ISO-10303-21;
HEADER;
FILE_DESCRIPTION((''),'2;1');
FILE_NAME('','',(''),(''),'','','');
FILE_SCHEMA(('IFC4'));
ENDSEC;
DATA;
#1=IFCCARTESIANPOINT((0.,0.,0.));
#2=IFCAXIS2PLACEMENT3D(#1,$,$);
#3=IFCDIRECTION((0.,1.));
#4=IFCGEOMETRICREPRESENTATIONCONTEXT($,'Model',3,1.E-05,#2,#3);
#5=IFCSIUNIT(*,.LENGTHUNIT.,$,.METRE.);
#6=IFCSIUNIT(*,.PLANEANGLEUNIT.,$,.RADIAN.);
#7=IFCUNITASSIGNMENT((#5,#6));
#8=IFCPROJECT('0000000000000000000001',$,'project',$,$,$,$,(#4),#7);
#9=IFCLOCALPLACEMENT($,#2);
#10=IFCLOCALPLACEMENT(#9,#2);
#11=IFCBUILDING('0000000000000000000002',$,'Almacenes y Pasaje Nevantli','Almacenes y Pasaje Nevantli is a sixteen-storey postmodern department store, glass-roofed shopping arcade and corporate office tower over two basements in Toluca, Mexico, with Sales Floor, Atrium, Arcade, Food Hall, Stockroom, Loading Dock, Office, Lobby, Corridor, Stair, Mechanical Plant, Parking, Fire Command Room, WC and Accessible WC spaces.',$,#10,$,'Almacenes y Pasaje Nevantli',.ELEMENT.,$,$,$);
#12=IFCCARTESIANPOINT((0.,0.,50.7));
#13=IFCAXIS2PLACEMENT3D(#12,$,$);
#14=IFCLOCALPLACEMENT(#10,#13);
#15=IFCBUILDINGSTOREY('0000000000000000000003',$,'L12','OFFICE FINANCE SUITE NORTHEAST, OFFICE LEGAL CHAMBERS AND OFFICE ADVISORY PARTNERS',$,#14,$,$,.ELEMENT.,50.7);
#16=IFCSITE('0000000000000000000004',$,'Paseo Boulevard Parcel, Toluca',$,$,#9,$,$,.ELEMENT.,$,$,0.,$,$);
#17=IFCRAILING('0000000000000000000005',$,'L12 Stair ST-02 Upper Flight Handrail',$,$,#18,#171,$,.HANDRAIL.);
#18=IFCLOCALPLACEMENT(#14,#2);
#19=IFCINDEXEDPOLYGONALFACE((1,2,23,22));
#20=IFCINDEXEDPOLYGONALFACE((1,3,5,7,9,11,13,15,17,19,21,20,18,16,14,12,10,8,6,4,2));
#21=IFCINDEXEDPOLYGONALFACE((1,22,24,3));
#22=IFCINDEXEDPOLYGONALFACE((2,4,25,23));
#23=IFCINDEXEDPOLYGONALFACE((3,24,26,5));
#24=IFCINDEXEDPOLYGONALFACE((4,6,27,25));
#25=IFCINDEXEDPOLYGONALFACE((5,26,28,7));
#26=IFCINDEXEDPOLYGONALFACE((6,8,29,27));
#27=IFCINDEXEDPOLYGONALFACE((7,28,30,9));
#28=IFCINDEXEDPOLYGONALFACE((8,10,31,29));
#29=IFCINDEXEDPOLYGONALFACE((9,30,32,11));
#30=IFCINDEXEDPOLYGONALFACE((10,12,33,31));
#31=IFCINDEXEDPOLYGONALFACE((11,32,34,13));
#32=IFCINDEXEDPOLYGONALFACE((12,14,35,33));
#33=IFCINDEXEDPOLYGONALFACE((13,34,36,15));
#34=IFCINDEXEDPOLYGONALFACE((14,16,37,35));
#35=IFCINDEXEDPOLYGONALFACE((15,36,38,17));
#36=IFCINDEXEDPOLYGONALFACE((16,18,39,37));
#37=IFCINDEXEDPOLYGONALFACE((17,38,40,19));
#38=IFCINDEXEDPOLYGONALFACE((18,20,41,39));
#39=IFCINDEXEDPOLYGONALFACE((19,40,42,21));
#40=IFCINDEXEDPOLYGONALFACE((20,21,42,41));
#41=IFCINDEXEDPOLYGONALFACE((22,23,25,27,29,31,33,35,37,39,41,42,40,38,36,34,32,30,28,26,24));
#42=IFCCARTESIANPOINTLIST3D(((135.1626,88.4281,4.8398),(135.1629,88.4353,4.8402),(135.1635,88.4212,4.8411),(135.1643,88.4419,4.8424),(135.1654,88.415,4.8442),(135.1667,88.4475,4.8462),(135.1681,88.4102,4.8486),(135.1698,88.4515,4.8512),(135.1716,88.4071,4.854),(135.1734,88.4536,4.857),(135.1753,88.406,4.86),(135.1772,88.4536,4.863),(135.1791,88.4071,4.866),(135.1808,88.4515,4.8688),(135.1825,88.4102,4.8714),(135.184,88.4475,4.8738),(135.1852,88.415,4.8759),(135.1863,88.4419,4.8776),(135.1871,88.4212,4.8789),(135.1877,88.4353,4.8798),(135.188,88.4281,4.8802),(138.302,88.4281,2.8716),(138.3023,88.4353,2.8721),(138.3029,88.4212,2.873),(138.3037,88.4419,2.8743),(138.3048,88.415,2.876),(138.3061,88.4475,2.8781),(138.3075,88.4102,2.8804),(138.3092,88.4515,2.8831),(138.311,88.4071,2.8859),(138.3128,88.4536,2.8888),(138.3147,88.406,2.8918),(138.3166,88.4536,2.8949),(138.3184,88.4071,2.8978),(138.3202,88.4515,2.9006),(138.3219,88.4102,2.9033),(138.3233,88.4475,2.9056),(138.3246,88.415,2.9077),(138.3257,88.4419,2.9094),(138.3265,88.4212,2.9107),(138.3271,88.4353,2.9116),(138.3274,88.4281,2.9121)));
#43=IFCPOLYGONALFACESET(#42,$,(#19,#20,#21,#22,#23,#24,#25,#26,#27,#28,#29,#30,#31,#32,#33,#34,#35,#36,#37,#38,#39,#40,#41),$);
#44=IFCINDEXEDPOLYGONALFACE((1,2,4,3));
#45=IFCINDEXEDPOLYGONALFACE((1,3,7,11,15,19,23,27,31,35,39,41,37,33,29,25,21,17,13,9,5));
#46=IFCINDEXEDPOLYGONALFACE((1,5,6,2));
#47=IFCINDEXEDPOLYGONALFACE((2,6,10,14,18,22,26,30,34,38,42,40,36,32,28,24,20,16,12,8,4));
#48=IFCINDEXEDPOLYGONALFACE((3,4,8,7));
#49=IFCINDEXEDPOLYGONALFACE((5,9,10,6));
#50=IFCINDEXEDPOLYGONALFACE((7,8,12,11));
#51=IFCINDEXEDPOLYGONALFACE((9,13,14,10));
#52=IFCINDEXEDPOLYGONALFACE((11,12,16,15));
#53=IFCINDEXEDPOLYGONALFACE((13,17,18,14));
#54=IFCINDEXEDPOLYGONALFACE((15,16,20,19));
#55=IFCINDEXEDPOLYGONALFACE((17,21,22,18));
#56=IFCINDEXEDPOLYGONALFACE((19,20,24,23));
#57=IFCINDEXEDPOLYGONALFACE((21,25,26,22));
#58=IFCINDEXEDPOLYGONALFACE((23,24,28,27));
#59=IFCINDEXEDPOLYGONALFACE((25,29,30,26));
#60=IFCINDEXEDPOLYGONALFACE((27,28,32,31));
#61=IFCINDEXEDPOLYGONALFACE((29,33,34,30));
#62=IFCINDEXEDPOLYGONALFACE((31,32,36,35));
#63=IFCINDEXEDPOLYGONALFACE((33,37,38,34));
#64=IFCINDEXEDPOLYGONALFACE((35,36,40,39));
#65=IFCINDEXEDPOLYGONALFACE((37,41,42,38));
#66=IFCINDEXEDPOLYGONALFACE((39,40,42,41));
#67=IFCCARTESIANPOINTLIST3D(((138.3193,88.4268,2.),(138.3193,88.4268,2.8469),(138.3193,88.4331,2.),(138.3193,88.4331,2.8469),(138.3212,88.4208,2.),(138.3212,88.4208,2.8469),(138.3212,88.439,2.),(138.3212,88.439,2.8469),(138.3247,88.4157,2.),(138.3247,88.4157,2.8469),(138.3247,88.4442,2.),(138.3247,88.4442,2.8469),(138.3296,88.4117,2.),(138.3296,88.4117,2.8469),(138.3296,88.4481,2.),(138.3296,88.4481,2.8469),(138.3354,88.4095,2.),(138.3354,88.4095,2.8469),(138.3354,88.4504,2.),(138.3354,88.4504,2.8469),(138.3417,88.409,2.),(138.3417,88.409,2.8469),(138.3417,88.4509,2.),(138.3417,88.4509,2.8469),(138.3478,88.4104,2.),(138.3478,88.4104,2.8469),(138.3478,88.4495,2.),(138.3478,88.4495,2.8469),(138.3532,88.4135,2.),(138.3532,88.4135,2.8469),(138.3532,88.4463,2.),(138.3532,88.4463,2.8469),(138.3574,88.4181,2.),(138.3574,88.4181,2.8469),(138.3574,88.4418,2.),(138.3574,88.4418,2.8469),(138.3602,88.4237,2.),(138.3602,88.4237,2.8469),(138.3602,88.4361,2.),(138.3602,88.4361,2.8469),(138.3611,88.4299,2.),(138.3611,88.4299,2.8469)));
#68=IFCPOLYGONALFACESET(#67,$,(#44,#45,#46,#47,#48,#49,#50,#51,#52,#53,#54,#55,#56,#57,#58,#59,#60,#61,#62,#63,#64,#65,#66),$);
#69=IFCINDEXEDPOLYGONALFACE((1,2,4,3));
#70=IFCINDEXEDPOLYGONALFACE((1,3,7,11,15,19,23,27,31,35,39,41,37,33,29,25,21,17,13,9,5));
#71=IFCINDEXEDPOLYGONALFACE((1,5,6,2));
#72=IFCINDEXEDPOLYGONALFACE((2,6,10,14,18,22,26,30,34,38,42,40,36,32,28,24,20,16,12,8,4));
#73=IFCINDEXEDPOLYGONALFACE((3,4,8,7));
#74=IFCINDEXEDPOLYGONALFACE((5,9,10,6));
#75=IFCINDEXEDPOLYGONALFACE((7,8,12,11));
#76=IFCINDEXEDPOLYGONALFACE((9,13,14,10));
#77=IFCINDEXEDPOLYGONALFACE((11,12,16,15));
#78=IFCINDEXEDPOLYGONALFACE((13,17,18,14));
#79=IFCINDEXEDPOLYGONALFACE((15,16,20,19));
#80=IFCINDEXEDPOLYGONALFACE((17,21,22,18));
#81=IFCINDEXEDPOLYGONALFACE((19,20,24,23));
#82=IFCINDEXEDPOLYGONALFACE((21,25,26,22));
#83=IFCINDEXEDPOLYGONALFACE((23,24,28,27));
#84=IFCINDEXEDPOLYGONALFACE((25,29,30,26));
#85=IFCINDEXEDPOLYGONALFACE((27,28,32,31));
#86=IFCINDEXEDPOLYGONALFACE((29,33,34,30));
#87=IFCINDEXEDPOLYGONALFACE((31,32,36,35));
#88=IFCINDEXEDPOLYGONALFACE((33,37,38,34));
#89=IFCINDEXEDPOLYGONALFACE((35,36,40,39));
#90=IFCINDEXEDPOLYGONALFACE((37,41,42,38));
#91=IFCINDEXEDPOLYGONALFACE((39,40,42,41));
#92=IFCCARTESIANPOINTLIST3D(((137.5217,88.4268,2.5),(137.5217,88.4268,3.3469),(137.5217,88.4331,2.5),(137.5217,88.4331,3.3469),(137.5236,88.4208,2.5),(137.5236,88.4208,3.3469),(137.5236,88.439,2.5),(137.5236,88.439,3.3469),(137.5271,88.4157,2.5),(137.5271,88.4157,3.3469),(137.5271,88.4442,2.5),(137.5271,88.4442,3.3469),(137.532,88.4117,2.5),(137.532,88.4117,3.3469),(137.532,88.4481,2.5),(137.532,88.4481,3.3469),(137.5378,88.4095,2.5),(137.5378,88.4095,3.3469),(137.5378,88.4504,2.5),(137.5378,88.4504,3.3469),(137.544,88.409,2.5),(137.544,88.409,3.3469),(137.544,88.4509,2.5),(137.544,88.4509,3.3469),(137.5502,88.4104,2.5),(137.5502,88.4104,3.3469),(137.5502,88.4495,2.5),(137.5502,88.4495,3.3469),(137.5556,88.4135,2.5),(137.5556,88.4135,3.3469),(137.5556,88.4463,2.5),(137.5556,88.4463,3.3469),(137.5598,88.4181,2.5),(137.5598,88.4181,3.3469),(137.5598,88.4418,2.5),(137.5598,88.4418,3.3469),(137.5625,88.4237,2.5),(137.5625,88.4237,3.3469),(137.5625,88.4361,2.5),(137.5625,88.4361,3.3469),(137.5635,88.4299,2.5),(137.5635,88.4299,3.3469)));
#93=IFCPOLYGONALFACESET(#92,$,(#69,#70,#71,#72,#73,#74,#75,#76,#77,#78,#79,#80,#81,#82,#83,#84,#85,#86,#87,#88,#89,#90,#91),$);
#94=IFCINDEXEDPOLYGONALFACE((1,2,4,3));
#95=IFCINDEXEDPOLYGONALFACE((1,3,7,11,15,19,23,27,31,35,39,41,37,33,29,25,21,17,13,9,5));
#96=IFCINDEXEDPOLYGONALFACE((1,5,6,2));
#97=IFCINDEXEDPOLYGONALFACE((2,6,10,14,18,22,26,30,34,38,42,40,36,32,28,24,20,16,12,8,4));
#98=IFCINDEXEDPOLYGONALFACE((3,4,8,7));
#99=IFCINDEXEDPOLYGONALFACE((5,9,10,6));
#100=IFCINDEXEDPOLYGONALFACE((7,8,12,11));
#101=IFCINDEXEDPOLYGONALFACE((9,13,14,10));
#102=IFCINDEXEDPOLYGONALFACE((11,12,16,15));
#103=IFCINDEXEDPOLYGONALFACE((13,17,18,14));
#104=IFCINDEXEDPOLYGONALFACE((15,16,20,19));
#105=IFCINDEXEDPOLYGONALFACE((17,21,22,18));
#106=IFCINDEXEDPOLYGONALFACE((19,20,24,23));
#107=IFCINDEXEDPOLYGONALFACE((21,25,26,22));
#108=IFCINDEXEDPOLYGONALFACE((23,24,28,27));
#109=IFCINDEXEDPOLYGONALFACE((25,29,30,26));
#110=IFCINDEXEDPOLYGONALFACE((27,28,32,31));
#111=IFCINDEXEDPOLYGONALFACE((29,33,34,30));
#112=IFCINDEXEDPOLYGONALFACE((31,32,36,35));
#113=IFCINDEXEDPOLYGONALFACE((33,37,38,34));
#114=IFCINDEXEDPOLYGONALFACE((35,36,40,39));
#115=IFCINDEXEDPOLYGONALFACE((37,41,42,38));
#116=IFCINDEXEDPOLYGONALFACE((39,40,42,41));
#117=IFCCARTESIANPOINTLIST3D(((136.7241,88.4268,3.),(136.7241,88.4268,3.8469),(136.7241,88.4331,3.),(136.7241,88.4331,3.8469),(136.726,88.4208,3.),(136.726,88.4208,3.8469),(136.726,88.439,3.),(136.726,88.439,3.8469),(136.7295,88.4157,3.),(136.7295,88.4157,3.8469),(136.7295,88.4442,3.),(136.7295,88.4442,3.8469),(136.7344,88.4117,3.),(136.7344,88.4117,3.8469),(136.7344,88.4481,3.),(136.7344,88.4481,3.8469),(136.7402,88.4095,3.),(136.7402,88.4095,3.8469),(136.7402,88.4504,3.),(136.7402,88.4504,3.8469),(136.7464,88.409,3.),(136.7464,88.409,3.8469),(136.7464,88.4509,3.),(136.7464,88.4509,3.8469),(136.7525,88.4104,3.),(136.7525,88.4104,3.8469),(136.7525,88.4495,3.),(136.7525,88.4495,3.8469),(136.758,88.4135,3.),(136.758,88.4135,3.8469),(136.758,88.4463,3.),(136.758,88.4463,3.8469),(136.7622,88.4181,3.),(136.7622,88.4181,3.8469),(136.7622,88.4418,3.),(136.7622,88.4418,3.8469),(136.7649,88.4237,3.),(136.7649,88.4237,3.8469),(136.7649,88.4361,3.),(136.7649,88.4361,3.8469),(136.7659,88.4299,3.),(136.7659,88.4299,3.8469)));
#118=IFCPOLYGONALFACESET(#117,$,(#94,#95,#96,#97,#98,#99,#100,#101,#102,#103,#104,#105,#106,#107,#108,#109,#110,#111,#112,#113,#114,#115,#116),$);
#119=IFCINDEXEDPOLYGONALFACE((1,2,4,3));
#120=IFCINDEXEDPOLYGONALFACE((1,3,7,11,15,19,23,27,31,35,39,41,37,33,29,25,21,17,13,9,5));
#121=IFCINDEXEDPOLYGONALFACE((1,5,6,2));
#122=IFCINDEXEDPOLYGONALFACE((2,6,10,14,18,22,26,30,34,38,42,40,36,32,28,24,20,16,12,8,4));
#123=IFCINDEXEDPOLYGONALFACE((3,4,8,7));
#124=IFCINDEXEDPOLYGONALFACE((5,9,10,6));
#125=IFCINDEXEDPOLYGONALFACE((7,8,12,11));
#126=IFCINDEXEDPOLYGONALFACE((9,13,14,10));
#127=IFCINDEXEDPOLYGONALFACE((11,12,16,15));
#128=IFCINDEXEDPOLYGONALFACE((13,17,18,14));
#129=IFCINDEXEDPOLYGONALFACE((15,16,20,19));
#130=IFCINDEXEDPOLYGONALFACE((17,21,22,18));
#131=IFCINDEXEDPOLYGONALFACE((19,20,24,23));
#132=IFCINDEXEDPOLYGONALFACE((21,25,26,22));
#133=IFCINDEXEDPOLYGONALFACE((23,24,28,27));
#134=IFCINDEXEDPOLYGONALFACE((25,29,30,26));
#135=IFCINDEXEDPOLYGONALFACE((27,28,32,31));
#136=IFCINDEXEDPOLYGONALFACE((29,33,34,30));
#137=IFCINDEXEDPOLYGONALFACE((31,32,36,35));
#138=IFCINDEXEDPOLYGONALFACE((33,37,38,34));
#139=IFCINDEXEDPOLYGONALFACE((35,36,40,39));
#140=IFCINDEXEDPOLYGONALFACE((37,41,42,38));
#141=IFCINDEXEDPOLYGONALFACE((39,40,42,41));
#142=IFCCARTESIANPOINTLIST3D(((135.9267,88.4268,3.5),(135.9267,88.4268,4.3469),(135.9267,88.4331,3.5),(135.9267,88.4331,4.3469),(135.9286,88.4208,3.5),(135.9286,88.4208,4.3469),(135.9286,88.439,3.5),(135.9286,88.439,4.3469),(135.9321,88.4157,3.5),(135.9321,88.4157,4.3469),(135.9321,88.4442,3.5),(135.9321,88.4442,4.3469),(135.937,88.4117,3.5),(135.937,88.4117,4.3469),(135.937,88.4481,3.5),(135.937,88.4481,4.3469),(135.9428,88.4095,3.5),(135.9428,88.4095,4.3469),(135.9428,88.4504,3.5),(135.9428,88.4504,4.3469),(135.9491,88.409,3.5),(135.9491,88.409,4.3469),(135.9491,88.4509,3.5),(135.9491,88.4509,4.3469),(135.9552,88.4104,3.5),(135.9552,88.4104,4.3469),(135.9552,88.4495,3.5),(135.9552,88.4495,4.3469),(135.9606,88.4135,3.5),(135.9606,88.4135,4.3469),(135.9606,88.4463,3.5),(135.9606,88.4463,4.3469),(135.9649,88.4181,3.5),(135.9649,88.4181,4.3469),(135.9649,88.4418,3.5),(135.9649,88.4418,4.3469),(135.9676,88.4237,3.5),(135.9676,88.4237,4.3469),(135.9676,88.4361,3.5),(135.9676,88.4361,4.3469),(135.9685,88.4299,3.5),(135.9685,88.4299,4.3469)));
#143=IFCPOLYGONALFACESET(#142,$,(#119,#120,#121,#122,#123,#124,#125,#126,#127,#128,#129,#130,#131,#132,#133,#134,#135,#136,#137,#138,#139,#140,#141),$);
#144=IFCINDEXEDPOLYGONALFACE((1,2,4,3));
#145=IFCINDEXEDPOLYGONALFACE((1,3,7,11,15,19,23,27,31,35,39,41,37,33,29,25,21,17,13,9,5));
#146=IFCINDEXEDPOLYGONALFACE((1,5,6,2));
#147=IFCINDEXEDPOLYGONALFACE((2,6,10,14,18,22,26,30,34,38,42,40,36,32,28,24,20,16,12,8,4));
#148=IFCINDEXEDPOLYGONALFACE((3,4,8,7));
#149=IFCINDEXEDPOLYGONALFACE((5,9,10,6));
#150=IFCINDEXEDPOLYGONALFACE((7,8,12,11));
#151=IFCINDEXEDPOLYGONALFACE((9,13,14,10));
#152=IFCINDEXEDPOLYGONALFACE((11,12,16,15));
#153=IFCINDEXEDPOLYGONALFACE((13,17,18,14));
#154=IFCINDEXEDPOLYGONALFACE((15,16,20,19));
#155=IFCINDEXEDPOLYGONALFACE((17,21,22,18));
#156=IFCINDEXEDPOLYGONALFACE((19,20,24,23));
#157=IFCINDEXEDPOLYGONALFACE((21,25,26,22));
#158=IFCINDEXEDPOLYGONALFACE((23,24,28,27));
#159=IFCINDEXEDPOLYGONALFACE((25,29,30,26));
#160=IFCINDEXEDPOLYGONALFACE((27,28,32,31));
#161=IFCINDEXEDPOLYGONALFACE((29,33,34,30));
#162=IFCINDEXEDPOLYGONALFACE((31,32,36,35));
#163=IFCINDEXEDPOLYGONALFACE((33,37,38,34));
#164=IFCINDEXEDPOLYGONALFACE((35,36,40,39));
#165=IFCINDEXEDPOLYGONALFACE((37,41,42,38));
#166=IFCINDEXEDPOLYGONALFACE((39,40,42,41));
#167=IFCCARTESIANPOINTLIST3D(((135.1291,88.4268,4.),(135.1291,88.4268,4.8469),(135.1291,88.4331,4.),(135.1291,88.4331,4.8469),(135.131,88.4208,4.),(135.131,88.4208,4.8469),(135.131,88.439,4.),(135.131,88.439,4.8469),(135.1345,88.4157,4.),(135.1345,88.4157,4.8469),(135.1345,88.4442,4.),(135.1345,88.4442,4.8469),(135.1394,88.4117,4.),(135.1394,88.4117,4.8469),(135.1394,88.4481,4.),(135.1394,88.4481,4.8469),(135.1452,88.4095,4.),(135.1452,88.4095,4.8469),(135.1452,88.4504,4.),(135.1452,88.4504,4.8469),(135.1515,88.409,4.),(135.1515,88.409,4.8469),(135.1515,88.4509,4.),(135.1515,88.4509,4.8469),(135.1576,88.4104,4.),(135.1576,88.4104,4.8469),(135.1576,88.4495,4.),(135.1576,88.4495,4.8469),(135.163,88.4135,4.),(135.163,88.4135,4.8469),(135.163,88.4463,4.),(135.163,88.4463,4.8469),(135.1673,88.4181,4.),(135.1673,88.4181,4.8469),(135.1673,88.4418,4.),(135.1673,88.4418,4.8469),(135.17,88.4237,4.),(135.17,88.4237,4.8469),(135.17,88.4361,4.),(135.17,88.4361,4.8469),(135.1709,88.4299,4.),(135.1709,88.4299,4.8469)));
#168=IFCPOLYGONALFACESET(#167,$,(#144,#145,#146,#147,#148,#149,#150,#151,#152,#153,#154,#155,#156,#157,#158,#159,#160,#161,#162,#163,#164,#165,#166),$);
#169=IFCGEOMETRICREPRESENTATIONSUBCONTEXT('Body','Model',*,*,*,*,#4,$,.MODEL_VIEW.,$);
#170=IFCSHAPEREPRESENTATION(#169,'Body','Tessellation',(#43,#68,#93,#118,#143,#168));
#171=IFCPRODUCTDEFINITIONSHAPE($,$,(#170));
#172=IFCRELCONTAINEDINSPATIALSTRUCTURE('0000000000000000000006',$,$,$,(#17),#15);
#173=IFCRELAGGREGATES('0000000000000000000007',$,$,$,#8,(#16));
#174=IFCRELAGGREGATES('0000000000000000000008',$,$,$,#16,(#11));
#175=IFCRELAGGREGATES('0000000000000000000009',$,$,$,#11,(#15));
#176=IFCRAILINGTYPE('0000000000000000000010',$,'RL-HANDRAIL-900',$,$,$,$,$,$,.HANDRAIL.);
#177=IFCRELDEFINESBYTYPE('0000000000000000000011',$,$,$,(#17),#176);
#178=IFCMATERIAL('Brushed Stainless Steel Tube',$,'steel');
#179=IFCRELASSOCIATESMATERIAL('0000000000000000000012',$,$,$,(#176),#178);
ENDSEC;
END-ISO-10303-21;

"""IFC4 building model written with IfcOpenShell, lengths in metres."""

from ifc_helpers import new_model, si_unit, direction, frame, origin, origin_2d, place, context, subcontext, project, spatial, circle, extrude, material, type_object, element, save


model = new_model("IFC4")

# Units and contexts
model_context = context("Model", 3, precision=1e-05, world=origin(), true_north=direction((0.0, 1.0)))
body_context = subcontext(model_context, "Body", "Model", "MODEL_VIEW")
ifc_project = project(units=[si_unit("LENGTHUNIT", "METRE"), si_unit("PLANEANGLEUNIT", "RADIAN")], contexts=[model_context])

# Site, building, storey
site_placement = place(None, origin())
site = spatial("IfcSite", under=ifc_project, at=site_placement, Name="Paseo Boulevard Parcel, Toluca", CompositionType="ELEMENT", RefElevation=0.0)
building_placement = place(site_placement, origin())
building = spatial("IfcBuilding", under=site, at=building_placement, Name="Almacenes y Pasaje Nevantli", Description="Almacenes y Pasaje Nevantli is a sixteen-storey postmodern department store, glass-roofed shopping arcade and corporate office tower over two basements in Toluca, Mexico, with Sales Floor, Atrium, Arcade, Food Hall, Stockroom, Loading Dock, Office, Lobby, Corridor, Stair, Mechanical Plant, Parking, Fire Command Room, WC and Accessible WC spaces.", LongName="Almacenes y Pasaje Nevantli", CompositionType="ELEMENT")
storey_placement = place(building_placement, frame((0.0, 0.0, 50.7)))
storey = spatial("IfcBuildingStorey", under=building, at=storey_placement, Name="L12", Description="OFFICE FINANCE SUITE NORTHEAST, OFFICE LEGAL CHAMBERS AND OFFICE ADVISORY PARTNERS", CompositionType="ELEMENT", Elevation=50.7)

# Railing
ifc_material_1 = material(Name="Brushed Stainless Steel Tube", Category="steel")
railing_type_1 = type_object("IfcRailingType", Name="RL-HANDRAIL-900", PredefinedType="HANDRAIL", material=ifc_material_1)
railing_1_placement = place(storey_placement, frame((138.3401, 88.4299, 2.0)))
element("IfcRailing", 1, at=railing_1_placement, inside=storey, type_object=railing_type_1, Name="L12 Stair ST-02 Upper Flight Handrail", PredefinedType="HANDRAIL", context=body_context, shape_type="SweptSolid", body=[
    extrude(circle(Radius=0.0239, at=origin_2d()), frame((-0.0254, 0.0, 0.8918), z_axis=(-0.847265, 0.0, 0.53117), x_axis=(0.0, -1.0, 0.0)), (0.0, 0.0, 1.0), 3.7053),
    extrude(circle(Radius=0.021, at=origin_2d()), origin(), (0.0, 0.0, 1.0), 0.8469),
    extrude(circle(Radius=0.021, at=origin_2d()), frame((-0.7976, 0.0, 0.5)), (0.0, 0.0, 1.0), 0.8469),
    extrude(circle(Radius=0.021, at=origin_2d()), frame((-1.5952, 0.0, 1.0)), (0.0, 0.0, 1.0), 0.8469),
    extrude(circle(Radius=0.021, at=origin_2d()), frame((-2.3926, 0.0, 1.5)), (0.0, 0.0, 1.0), 0.8469),
    extrude(circle(Radius=0.021, at=origin_2d()), frame((-3.1902, 0.0, 2.0)), (0.0, 0.0, 1.0), 0.8469),
])

save(model, "model.ifc")
